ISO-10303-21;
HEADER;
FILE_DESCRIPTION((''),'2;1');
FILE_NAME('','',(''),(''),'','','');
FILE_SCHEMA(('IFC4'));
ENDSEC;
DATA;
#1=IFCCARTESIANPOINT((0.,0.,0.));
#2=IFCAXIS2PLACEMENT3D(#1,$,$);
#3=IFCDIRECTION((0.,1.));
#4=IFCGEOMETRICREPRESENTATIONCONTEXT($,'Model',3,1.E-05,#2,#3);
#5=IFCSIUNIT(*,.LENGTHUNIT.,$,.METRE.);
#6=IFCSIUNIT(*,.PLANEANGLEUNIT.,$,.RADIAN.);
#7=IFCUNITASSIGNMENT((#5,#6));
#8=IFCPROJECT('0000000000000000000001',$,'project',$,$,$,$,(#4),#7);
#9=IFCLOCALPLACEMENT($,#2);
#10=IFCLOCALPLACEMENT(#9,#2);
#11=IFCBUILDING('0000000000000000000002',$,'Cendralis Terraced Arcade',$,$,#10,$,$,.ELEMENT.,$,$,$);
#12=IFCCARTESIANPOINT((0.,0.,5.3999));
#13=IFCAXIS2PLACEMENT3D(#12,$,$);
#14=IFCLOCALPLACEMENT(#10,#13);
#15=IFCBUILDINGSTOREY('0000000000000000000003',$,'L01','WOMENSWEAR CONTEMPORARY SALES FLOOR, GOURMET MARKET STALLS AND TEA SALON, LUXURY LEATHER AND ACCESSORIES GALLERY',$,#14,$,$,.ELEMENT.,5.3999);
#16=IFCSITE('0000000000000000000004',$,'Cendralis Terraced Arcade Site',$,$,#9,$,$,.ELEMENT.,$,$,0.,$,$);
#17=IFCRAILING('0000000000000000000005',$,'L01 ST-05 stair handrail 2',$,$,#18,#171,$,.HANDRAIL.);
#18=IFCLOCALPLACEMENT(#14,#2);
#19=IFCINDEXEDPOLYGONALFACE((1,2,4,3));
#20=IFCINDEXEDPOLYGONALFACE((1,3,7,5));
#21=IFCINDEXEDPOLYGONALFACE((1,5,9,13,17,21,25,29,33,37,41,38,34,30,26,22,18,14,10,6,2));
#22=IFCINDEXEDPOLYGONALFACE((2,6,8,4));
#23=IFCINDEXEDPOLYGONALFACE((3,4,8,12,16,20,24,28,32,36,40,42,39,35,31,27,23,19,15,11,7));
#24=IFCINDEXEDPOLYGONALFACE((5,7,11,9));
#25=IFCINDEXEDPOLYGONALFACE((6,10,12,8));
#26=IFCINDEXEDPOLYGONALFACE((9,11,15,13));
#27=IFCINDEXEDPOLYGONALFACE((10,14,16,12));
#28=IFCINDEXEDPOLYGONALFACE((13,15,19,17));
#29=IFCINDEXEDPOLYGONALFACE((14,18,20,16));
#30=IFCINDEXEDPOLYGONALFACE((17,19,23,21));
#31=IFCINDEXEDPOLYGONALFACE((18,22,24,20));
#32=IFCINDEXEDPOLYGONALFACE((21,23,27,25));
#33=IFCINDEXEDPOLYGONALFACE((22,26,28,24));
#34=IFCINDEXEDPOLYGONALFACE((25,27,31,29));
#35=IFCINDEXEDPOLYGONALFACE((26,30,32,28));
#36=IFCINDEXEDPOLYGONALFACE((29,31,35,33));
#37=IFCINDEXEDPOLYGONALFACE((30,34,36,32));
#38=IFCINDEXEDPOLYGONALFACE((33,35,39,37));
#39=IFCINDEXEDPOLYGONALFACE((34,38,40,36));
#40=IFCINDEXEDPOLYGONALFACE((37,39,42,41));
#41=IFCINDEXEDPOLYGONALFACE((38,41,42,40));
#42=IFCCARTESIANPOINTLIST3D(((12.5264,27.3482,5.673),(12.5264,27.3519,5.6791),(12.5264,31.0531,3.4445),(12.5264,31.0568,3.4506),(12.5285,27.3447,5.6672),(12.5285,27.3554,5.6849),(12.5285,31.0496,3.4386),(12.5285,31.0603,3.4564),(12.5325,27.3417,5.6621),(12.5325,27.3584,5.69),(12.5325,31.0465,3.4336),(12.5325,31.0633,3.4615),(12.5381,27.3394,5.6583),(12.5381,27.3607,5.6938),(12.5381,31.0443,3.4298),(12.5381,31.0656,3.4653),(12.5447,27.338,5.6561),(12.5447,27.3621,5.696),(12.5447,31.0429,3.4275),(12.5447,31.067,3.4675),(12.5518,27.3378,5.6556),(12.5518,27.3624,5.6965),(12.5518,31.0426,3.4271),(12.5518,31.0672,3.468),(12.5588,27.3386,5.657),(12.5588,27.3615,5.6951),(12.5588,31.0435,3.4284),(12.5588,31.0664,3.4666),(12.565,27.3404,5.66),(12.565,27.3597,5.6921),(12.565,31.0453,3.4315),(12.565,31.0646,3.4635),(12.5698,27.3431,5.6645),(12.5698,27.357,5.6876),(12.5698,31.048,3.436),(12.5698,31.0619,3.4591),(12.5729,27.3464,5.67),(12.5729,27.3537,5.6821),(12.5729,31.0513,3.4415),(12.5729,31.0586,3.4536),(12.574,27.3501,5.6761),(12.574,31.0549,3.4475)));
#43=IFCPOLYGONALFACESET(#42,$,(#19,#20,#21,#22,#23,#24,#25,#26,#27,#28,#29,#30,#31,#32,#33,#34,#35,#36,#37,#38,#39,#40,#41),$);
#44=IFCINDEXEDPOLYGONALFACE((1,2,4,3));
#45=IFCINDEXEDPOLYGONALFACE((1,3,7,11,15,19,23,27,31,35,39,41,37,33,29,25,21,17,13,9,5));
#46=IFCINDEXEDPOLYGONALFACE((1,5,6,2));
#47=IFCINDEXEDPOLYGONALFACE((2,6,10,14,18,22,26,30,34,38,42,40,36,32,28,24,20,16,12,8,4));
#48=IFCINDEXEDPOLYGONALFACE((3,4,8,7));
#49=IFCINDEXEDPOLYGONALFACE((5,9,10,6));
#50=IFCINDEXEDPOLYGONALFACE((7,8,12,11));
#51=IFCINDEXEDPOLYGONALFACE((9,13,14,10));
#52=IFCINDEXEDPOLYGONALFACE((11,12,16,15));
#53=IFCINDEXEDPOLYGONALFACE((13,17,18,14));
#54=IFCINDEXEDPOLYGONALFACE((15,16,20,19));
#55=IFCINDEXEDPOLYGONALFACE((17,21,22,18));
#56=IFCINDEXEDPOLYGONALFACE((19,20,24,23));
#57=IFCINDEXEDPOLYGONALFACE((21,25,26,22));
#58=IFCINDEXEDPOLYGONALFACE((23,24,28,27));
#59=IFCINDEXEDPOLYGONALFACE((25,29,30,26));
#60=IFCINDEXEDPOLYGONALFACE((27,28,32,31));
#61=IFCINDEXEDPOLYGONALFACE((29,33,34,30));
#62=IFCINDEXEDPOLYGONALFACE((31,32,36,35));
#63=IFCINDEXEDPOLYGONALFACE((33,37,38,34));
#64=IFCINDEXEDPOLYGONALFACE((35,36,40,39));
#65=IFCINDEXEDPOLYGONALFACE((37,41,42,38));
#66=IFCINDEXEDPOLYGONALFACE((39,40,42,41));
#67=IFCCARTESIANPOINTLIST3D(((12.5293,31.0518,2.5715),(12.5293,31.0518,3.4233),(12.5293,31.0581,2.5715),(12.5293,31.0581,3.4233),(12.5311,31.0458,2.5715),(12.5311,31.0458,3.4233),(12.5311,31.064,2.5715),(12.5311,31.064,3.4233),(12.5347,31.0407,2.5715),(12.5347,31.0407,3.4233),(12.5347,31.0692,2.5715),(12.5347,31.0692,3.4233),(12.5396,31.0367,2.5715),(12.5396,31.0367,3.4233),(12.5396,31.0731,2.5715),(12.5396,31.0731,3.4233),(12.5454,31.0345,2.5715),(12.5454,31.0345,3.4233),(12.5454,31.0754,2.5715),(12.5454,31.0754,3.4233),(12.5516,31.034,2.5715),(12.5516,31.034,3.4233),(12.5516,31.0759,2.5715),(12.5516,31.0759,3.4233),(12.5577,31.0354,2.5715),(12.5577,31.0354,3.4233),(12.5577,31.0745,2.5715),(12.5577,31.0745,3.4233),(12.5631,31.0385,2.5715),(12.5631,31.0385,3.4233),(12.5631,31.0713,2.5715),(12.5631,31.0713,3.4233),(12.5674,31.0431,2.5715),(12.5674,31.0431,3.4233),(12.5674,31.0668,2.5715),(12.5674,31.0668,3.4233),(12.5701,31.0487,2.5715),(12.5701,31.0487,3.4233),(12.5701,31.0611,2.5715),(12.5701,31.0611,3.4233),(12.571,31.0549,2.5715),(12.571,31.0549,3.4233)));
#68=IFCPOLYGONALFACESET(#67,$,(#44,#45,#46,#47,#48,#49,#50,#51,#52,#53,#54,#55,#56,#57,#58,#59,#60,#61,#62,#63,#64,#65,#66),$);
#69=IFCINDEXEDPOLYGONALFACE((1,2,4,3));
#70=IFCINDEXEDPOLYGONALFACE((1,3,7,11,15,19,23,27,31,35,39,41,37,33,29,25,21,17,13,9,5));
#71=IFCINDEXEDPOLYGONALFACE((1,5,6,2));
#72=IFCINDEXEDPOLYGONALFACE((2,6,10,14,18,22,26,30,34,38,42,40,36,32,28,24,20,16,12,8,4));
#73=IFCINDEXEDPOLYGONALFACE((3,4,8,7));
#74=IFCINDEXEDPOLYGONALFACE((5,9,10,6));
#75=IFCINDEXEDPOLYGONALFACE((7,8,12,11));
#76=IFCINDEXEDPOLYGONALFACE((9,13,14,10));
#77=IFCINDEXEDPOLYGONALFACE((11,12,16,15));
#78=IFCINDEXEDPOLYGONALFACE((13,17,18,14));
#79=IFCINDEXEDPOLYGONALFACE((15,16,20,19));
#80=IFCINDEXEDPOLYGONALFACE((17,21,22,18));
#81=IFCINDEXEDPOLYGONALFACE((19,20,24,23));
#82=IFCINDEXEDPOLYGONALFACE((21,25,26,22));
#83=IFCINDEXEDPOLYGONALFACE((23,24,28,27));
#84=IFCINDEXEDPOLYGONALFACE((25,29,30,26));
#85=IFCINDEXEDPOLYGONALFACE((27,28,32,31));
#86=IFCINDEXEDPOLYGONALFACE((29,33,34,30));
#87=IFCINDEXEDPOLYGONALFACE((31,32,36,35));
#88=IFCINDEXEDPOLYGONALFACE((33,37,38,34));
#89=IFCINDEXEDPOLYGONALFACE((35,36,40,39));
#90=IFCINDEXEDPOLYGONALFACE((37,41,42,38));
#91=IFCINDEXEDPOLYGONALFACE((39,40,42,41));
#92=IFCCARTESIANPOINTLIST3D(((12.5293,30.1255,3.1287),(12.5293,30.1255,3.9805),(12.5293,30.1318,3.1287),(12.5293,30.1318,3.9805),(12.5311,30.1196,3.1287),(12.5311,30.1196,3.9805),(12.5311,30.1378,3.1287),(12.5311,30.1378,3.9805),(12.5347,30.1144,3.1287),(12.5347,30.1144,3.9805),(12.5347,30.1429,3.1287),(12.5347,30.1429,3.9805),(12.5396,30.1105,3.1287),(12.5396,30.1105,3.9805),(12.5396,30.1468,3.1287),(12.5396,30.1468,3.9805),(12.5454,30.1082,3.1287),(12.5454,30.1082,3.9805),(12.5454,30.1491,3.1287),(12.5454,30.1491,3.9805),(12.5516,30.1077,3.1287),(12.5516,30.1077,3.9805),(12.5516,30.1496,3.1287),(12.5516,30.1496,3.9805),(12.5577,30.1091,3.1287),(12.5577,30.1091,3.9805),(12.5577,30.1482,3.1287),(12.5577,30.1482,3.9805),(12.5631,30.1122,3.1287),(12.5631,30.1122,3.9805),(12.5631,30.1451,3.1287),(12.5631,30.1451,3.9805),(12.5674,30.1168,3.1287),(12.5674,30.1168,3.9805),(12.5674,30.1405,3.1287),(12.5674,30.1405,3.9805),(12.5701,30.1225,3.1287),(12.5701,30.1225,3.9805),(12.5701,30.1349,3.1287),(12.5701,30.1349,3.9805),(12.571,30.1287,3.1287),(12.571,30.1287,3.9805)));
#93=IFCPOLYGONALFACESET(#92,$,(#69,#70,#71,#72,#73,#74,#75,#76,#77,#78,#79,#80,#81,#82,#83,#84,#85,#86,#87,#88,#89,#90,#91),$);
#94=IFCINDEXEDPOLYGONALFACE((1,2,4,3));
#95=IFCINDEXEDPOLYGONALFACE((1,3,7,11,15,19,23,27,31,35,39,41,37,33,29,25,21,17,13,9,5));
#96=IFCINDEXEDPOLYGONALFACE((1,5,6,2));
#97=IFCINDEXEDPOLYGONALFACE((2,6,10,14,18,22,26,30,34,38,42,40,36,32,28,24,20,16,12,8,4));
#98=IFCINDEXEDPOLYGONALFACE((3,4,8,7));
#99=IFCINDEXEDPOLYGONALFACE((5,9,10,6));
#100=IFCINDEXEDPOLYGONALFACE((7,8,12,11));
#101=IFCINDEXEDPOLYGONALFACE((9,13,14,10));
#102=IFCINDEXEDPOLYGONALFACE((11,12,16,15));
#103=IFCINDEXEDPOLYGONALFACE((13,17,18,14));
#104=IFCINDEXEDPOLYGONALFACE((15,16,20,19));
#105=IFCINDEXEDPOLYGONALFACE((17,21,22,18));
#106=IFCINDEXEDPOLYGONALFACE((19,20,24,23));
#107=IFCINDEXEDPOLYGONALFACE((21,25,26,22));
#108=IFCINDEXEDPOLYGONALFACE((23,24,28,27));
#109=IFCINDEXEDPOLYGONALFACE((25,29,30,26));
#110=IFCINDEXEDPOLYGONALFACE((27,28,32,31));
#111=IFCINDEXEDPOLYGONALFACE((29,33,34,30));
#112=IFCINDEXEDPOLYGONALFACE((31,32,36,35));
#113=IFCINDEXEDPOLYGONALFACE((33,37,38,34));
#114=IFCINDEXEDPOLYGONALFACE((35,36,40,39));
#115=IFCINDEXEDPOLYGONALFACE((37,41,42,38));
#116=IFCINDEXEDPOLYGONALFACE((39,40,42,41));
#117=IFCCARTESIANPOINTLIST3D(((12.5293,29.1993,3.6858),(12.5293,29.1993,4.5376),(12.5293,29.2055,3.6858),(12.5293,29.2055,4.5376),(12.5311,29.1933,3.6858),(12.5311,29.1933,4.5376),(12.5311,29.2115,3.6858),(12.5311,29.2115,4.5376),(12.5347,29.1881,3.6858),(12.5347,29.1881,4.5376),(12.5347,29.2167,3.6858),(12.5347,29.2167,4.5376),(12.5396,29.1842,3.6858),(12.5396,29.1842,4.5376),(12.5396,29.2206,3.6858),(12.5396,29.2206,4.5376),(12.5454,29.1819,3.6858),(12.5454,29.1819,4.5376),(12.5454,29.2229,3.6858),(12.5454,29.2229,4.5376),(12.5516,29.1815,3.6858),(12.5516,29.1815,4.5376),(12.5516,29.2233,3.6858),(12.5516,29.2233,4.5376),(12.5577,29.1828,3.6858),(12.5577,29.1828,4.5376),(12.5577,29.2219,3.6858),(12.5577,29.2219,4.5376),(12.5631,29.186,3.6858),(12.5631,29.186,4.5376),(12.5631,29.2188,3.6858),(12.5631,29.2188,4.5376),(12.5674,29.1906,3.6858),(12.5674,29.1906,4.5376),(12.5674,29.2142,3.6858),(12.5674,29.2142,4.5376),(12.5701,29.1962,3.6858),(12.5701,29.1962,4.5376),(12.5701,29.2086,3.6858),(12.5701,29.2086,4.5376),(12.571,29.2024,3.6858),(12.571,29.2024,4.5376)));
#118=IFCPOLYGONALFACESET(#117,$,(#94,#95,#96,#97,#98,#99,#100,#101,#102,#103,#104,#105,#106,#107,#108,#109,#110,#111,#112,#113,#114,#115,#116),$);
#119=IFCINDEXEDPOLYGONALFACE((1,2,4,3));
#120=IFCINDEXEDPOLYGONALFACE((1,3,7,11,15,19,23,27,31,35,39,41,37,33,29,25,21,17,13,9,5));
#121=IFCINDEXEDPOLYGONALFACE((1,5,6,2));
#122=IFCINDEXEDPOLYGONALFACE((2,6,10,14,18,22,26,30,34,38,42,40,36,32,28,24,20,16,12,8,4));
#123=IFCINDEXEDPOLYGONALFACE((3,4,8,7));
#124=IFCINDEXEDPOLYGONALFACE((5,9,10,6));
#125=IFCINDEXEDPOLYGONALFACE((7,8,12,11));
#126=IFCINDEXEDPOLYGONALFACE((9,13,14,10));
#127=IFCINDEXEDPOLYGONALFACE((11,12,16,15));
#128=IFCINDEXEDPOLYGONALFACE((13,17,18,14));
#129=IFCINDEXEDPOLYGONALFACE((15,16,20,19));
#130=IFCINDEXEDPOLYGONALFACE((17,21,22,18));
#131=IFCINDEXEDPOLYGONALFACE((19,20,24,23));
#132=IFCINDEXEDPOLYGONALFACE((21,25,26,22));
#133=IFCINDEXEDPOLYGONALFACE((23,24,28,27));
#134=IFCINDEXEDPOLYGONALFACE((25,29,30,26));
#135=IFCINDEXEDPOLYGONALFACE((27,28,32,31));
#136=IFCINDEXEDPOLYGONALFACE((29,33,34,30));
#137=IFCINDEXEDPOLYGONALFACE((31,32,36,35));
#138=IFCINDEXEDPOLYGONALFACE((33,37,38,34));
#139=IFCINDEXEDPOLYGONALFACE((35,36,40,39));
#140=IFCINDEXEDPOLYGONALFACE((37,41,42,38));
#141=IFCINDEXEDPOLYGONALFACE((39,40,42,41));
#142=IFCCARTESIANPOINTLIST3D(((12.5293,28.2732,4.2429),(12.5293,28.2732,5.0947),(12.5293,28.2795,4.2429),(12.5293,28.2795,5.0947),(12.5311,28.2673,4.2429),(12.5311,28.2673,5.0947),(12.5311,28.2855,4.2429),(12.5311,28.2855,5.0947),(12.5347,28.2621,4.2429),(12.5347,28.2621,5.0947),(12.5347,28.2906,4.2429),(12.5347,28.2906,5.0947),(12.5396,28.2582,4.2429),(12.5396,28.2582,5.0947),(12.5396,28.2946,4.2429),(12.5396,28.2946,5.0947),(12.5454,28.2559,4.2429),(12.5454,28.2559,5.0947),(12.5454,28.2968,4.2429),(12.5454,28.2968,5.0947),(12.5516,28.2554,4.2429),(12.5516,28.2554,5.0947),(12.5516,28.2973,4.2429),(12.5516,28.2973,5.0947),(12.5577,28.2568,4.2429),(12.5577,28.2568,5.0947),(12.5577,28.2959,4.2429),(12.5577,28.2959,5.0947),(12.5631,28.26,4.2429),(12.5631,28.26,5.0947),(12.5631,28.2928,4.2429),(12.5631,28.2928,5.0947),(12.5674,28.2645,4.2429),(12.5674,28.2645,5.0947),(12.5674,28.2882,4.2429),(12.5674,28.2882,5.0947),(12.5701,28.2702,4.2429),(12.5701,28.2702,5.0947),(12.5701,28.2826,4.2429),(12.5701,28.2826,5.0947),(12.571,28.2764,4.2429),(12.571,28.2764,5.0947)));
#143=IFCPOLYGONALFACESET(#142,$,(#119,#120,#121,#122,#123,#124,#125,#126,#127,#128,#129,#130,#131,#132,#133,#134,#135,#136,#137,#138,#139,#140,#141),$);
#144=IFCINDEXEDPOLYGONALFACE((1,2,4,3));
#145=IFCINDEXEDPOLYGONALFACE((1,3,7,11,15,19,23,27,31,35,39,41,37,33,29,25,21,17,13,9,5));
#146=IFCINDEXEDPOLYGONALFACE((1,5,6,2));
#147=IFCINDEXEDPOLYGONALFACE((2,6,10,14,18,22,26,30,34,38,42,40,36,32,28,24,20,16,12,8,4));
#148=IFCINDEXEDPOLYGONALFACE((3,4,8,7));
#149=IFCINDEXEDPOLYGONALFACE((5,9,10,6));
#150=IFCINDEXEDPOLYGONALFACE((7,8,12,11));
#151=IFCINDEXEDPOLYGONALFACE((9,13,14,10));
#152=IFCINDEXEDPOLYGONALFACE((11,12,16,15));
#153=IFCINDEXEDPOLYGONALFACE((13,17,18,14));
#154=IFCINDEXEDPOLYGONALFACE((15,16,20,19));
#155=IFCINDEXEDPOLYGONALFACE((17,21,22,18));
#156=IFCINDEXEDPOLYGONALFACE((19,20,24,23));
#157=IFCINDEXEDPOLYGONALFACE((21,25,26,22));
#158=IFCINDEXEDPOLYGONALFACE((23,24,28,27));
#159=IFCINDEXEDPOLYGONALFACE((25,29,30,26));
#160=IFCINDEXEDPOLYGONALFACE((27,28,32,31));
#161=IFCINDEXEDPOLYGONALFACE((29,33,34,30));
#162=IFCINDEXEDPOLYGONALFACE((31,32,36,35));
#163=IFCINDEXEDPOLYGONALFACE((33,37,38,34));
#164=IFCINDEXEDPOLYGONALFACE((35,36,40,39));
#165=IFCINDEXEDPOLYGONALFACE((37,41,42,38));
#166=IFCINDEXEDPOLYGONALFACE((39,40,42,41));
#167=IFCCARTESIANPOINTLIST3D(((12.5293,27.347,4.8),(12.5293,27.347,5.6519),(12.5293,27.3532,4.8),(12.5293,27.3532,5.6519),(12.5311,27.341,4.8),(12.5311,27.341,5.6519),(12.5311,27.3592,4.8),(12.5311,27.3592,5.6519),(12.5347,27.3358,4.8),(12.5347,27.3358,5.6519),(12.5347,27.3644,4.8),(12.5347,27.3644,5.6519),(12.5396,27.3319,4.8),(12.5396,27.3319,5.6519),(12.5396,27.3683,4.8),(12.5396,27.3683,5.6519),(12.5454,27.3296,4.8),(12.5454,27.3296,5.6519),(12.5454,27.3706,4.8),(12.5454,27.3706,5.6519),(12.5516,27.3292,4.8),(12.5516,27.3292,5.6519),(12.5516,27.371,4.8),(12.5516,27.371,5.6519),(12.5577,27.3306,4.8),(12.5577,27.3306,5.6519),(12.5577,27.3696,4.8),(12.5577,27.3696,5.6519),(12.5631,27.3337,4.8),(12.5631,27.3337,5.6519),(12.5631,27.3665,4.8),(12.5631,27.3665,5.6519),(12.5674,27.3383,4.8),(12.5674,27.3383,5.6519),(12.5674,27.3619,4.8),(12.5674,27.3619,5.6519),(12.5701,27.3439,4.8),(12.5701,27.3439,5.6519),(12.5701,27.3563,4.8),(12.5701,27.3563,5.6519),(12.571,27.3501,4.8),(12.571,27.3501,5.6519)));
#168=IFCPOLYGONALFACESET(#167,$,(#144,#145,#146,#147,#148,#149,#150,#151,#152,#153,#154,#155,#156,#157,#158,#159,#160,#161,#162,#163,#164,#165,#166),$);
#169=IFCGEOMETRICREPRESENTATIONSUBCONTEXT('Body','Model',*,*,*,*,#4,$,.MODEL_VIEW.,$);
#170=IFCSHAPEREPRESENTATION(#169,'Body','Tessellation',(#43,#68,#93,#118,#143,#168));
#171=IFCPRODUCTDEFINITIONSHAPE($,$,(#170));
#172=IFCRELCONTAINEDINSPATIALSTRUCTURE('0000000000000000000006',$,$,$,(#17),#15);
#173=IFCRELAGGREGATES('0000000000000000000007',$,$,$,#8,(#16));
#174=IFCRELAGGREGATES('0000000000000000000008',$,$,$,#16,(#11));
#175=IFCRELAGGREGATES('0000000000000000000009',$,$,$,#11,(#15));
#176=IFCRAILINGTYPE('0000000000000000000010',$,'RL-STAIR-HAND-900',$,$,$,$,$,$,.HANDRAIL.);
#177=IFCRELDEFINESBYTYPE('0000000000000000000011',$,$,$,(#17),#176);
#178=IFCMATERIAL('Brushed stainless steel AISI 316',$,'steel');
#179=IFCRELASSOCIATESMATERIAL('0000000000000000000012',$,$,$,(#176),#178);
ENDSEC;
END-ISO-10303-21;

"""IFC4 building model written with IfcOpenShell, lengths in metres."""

from ifc_helpers import new_model, si_unit, direction, frame, origin, origin_2d, place, context, subcontext, project, spatial, circle, extrude, material, type_object, element, save


model = new_model("IFC4")

# Units and contexts
model_context = context("Model", 3, precision=1e-05, world=origin(), true_north=direction((0.0, 1.0)))
body_context = subcontext(model_context, "Body", "Model", "MODEL_VIEW")
ifc_project = project(units=[si_unit("LENGTHUNIT", "METRE"), si_unit("PLANEANGLEUNIT", "RADIAN")], contexts=[model_context])

# Site, building, storey
site_placement = place(None, origin())
site = spatial("IfcSite", under=ifc_project, at=site_placement, Name="Cendralis Terraced Arcade Site", CompositionType="ELEMENT", RefElevation=0.0)
building_placement = place(site_placement, origin())
building = spatial("IfcBuilding", under=site, at=building_placement, Name="Cendralis Terraced Arcade", CompositionType="ELEMENT")
storey_placement = place(building_placement, frame((0.0, 0.0, 5.3999)))
storey = spatial("IfcBuildingStorey", under=building, at=storey_placement, Name="L01", Description="WOMENSWEAR CONTEMPORARY SALES FLOOR, GOURMET MARKET STALLS AND TEA SALON, LUXURY LEATHER AND ACCESSORIES GALLERY", CompositionType="ELEMENT", Elevation=5.3999)

# Railing
ifc_material_1 = material(Name="Brushed stainless steel AISI 316", Category="steel")
railing_type_1 = type_object("IfcRailingType", Name="RL-STAIR-HAND-900", PredefinedType="HANDRAIL", material=ifc_material_1)
railing_1_placement = place(storey_placement, frame((12.55, 31.0549, 2.5715)))
element("IfcRailing", 1, at=railing_1_placement, inside=storey, type_object=railing_type_1, Name="L01 ST-05 stair handrail 2", PredefinedType="HANDRAIL", context=body_context, shape_type="SweptSolid", body=[
    extrude(circle(Radius=0.0239, at=origin_2d()), frame((0.0, 0.0, 0.876), z_axis=(0.0, -0.856919, 0.51545), x_axis=(1.0, 0.0, 0.0)), (0.0, 0.0, 1.0), 4.3235),
    extrude(circle(Radius=0.021, at=origin_2d()), origin(), (0.0, 0.0, 1.0), 0.8518),
    extrude(circle(Radius=0.021, at=origin_2d()), frame((0.0, -0.9263, 0.5571)), (0.0, 0.0, 1.0), 0.8518),
    extrude(circle(Radius=0.021, at=origin_2d()), frame((0.0, -1.8525, 1.1143)), (0.0, 0.0, 1.0), 0.8518),
    extrude(circle(Radius=0.021, at=origin_2d()), frame((0.0, -2.7786, 1.6714)), (0.0, 0.0, 1.0), 0.8518),
    extrude(circle(Radius=0.021, at=origin_2d()), frame((0.0, -3.7048, 2.2285)), (0.0, 0.0, 1.0), 0.8518),
])

save(model, "model.ifc")
